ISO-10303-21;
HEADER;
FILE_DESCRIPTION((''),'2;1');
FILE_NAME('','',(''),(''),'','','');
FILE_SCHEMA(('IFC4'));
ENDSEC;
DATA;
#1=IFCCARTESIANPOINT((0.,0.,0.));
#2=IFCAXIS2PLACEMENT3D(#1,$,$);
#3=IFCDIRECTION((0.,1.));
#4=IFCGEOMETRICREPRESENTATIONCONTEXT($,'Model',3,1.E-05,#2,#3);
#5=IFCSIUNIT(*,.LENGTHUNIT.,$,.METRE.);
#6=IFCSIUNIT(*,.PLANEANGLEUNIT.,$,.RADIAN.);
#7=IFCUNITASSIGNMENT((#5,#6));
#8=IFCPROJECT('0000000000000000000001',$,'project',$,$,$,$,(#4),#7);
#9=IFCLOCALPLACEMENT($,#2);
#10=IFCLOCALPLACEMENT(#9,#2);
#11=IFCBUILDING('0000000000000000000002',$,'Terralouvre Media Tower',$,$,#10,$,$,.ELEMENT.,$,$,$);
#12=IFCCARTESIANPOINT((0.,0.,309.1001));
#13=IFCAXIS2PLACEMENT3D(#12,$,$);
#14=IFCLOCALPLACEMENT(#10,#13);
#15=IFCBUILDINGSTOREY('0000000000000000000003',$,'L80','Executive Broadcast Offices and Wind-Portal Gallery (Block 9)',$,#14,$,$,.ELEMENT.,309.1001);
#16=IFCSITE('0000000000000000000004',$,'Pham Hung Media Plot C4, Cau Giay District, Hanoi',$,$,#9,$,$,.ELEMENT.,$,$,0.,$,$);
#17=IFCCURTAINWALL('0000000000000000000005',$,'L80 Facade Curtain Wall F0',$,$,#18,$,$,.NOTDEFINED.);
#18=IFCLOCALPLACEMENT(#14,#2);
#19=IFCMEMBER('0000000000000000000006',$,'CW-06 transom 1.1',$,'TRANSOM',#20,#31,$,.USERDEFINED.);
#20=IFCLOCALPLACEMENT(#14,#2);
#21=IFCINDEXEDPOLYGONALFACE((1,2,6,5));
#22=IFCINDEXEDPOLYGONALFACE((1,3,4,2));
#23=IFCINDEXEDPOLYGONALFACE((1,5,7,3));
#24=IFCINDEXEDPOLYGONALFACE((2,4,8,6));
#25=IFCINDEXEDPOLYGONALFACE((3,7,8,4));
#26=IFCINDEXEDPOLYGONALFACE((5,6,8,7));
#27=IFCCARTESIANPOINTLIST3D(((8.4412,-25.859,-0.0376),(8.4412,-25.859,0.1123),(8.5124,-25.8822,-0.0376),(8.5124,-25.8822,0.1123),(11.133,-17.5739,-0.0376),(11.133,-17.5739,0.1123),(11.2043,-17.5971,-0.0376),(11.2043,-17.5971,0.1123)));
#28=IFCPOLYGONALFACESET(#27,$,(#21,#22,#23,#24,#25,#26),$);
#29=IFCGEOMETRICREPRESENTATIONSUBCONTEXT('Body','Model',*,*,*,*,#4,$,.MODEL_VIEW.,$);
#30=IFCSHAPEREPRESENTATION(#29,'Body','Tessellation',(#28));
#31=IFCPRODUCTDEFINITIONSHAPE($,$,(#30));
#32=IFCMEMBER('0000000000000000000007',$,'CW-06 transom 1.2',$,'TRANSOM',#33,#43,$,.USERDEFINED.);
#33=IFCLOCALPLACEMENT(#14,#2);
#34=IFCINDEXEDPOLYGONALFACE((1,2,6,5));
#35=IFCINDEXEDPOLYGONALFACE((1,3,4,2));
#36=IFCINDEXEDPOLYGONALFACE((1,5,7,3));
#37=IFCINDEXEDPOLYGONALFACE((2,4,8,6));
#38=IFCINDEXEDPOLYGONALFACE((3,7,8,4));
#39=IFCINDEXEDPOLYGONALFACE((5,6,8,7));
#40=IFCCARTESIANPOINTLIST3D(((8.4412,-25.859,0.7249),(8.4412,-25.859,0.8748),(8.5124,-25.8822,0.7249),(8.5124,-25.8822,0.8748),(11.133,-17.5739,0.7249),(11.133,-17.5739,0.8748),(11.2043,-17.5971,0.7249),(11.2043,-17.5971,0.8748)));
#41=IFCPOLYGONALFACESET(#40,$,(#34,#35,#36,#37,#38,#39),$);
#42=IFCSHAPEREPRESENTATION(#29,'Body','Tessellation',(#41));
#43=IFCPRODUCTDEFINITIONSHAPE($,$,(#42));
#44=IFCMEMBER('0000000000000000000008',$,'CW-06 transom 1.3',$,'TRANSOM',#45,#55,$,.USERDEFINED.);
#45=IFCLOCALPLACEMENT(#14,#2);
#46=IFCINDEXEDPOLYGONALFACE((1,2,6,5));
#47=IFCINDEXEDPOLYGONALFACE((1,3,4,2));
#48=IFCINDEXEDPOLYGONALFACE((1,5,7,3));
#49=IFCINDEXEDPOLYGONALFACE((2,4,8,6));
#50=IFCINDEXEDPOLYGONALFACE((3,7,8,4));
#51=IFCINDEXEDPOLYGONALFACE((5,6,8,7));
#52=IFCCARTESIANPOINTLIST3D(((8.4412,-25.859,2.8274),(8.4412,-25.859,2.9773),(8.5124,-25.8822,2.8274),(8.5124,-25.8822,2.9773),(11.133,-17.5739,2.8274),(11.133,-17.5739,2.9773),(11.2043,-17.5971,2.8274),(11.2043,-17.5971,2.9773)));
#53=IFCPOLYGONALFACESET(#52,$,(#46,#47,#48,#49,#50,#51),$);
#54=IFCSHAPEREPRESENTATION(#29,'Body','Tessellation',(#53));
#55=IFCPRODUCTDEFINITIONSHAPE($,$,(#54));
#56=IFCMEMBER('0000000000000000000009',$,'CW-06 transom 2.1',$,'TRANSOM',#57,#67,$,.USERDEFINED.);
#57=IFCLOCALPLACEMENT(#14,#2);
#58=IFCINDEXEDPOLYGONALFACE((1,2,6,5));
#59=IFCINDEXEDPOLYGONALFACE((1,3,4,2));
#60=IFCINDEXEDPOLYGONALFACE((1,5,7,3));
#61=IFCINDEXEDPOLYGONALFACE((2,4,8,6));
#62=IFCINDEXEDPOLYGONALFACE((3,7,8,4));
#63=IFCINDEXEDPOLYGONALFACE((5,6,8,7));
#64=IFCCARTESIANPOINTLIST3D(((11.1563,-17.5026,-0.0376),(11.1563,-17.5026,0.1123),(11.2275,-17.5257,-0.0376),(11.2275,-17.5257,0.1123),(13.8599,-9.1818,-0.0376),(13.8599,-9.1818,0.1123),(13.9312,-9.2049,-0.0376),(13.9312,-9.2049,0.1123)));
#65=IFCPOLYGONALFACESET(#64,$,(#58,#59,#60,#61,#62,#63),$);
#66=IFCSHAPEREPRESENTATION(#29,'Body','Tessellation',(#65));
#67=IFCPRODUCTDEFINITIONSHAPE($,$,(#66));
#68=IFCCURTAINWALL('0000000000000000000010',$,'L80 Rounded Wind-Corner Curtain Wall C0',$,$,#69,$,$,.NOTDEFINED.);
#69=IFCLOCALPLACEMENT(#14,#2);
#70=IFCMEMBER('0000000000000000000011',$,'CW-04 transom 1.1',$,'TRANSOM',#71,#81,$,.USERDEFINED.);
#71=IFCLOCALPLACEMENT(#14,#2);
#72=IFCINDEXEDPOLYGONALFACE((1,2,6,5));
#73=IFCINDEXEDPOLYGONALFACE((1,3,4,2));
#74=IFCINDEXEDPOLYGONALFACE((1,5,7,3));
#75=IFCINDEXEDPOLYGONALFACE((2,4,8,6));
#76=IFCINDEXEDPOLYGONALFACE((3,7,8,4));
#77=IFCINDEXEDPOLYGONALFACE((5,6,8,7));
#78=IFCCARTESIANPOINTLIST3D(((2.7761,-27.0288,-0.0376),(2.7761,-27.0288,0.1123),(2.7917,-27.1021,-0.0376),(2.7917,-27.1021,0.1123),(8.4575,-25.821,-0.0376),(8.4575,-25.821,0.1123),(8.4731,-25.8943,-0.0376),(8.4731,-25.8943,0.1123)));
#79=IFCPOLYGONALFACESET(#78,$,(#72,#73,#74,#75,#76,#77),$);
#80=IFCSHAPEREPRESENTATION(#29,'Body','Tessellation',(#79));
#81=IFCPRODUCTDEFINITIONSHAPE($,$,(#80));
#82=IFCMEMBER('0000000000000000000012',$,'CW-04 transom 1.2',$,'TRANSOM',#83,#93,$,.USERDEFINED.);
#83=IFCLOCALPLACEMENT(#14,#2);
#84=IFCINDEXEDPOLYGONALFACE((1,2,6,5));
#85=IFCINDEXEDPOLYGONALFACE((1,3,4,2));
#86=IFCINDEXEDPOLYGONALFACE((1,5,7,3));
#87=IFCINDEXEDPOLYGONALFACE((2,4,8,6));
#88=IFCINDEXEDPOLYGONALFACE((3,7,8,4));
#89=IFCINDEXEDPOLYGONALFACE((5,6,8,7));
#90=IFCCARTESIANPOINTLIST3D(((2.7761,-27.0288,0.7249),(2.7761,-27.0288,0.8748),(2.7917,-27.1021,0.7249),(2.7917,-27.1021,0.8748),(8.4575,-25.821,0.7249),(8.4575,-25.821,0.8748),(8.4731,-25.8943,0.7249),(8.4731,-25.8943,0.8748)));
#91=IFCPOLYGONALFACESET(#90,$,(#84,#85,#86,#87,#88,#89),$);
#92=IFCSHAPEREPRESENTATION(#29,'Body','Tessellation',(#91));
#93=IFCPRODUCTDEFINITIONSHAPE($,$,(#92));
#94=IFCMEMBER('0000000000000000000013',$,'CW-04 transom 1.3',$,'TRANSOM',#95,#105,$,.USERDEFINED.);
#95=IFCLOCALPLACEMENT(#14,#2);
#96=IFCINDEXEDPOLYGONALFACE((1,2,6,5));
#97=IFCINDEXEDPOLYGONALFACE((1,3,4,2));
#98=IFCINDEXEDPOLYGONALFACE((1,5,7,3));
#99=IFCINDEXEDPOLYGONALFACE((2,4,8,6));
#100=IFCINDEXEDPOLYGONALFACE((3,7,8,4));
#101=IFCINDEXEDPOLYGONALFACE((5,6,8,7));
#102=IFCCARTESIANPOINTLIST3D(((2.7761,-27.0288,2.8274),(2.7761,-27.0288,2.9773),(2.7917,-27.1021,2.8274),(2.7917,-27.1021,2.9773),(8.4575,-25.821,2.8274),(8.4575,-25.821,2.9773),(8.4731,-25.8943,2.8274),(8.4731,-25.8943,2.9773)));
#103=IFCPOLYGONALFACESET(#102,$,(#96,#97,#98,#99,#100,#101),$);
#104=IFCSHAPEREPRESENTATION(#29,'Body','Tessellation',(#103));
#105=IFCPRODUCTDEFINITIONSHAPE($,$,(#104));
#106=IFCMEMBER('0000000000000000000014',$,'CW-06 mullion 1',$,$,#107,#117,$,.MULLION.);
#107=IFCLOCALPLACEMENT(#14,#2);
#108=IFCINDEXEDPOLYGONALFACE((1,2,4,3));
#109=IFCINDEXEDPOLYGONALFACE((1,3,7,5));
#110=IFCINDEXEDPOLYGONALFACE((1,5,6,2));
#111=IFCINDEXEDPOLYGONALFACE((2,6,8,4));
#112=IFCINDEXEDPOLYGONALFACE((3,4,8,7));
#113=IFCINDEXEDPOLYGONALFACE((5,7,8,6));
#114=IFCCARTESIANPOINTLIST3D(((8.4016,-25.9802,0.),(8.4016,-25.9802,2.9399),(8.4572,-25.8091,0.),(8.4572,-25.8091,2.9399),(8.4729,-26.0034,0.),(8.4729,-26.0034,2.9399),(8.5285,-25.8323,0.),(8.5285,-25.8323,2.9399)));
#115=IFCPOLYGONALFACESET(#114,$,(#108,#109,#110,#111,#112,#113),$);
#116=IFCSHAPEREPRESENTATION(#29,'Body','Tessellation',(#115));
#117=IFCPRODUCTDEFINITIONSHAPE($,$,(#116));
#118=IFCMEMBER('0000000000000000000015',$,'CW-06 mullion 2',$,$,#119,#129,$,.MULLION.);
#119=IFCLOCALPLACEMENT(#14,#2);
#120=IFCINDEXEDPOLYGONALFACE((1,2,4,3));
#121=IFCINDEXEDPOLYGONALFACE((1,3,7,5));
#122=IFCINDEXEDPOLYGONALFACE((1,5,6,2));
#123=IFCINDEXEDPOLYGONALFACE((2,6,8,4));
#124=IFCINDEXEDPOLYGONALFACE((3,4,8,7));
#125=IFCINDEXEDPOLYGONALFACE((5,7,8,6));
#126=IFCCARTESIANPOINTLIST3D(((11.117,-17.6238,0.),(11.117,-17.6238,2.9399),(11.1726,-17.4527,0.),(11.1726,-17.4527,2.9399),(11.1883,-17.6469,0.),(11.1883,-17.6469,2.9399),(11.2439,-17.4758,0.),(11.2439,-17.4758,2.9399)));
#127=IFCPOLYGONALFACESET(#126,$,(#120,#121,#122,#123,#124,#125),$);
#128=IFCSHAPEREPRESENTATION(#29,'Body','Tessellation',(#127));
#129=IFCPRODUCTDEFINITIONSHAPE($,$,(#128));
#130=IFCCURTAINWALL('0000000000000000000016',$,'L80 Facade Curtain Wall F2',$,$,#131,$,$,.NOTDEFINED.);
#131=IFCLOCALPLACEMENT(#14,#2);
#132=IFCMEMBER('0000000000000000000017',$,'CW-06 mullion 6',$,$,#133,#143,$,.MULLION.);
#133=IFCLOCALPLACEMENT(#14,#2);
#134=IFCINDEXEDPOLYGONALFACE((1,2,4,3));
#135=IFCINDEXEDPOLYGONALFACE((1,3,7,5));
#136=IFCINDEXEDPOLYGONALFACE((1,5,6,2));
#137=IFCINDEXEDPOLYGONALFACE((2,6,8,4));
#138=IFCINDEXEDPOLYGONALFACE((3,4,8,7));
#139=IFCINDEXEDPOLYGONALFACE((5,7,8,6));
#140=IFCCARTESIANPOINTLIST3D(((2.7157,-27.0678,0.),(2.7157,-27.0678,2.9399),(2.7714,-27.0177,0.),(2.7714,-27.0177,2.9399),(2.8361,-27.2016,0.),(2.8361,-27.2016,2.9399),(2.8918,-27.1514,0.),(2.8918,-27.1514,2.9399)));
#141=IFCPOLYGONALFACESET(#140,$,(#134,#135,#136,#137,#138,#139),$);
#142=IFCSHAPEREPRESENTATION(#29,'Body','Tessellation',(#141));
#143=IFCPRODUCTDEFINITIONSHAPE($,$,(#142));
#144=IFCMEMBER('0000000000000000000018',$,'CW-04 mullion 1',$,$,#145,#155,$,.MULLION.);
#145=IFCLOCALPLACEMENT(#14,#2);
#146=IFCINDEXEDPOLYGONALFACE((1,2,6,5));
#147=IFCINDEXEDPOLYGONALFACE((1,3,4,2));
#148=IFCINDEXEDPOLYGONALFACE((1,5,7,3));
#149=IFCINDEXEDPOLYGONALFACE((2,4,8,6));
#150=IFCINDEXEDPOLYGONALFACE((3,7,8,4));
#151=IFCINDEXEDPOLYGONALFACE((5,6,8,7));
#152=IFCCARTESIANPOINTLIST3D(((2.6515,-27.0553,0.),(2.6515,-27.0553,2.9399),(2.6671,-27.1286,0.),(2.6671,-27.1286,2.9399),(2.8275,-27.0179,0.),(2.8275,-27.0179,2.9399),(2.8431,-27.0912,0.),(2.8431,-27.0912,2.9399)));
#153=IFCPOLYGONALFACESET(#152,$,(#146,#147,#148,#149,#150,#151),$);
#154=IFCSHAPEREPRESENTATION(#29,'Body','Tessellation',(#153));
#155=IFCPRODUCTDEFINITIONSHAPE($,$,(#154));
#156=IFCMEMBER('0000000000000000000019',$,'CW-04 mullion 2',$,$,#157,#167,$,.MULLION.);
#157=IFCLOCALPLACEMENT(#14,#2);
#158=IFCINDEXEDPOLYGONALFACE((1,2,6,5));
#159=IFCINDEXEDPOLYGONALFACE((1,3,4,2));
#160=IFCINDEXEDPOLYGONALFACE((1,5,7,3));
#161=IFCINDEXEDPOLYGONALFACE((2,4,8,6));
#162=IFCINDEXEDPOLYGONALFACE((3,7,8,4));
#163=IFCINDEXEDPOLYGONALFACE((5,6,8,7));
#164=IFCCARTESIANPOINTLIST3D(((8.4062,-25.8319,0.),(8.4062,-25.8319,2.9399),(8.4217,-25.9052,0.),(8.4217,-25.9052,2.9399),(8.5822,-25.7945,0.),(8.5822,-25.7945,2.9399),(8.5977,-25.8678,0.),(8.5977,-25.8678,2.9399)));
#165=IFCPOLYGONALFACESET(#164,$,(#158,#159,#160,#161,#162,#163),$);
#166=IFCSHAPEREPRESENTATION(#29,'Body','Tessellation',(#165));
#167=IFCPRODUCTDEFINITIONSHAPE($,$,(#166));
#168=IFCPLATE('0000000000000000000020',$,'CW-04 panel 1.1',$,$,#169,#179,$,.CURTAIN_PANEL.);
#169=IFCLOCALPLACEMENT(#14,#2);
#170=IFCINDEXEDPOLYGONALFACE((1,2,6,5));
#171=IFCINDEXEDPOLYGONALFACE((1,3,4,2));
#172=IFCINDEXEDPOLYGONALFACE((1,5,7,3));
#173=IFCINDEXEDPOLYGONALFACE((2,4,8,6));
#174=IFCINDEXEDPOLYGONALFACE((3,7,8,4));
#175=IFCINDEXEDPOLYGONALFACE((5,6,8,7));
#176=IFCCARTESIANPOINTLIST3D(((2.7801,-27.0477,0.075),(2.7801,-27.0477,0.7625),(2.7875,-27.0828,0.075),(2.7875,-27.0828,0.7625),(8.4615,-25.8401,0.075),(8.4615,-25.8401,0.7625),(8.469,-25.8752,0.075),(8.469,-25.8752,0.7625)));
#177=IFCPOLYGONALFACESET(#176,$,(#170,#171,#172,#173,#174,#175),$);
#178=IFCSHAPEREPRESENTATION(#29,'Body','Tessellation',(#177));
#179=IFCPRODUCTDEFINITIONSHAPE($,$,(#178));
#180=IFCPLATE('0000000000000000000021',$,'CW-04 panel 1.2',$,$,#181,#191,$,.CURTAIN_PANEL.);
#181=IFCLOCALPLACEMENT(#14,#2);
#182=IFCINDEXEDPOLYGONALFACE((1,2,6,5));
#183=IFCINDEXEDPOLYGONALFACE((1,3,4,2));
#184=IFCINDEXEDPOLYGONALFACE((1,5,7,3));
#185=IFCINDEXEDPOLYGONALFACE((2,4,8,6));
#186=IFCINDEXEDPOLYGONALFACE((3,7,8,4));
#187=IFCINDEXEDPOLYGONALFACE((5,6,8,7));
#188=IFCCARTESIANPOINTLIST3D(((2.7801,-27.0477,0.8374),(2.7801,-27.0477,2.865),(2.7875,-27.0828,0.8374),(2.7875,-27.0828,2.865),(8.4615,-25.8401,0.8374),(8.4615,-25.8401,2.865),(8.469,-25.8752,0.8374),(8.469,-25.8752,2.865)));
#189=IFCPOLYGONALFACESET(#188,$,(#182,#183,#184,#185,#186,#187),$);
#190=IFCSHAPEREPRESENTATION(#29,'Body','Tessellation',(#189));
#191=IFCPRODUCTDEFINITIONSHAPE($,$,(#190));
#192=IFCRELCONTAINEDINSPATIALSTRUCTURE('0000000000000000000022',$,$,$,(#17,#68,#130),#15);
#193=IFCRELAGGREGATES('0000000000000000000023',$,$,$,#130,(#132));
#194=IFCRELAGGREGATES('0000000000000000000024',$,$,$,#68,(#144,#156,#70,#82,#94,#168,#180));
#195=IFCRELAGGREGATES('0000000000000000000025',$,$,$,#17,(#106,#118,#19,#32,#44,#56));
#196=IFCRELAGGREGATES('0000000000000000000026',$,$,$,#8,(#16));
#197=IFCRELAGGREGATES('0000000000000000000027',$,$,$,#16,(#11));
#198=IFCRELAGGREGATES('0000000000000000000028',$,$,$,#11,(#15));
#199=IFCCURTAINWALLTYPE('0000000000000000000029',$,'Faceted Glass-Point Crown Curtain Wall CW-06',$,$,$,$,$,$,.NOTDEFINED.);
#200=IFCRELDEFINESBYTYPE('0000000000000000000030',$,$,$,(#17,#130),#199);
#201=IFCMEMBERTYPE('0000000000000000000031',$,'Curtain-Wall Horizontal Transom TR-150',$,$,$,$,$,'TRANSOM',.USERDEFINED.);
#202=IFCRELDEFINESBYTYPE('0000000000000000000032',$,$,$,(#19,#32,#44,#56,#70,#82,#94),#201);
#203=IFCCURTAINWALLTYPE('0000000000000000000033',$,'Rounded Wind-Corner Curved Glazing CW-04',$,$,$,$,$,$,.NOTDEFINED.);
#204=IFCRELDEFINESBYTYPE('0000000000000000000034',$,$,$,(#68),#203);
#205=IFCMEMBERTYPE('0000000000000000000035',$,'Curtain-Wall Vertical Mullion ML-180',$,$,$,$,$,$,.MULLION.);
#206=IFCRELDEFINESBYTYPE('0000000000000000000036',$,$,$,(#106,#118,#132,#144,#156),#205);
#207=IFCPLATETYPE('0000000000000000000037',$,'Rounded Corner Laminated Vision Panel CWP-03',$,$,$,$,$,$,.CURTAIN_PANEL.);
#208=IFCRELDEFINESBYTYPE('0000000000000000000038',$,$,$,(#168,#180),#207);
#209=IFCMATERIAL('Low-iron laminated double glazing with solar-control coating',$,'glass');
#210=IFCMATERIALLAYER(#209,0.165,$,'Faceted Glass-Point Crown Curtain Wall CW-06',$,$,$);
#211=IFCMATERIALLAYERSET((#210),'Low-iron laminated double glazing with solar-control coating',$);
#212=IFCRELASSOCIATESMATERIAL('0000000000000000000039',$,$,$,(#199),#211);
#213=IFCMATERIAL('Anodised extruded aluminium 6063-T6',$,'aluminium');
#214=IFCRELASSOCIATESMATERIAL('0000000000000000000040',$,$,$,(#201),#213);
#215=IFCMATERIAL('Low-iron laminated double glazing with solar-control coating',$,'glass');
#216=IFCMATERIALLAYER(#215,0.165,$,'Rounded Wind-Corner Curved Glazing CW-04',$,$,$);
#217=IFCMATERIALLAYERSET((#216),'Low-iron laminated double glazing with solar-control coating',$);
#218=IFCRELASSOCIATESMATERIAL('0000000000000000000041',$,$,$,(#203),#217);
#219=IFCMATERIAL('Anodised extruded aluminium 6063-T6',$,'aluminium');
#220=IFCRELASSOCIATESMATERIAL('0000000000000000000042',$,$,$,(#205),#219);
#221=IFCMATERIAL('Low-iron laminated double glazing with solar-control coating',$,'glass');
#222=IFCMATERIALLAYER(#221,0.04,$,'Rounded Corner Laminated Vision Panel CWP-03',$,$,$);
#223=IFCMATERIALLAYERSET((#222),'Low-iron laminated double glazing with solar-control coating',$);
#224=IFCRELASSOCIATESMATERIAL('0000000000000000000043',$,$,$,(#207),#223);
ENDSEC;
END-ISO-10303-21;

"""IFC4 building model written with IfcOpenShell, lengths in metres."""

from ifc_helpers import new_model, si_unit, direction, frame, origin, origin_2d, place, context, subcontext, project, spatial, rectangle, extrude, material, layer, layer_set, material_profile, profile_set, type_object, element, aggregate, save


model = new_model("IFC4")

# Units and contexts
model_context = context("Model", 3, precision=1e-05, world=origin(), true_north=direction((0.0, 1.0)))
body_context = subcontext(model_context, "Body", "Model", "MODEL_VIEW")
ifc_project = project(units=[si_unit("LENGTHUNIT", "METRE"), si_unit("PLANEANGLEUNIT", "RADIAN")], contexts=[model_context])

# Site, building, storey
site_placement = place(None, origin())
site = spatial("IfcSite", under=ifc_project, at=site_placement, Name="Pham Hung Media Plot C4, Cau Giay District, Hanoi", CompositionType="ELEMENT", RefElevation=0.0)
building_placement = place(site_placement, origin())
building = spatial("IfcBuilding", under=site, at=building_placement, Name="Terralouvre Media Tower", CompositionType="ELEMENT")
storey_placement = place(building_placement, frame((0.0, 0.0, 309.1001)))
storey = spatial("IfcBuildingStorey", under=building, at=storey_placement, Name="L80", Description="Executive Broadcast Offices and Wind-Portal Gallery (Block 9)", CompositionType="ELEMENT", Elevation=309.1001)

# Curtain walls, members
ifc_material_1 = material(Name="Low-iron laminated double glazing with solar-control coating", Category="glass")
ifc_layer_1 = layer(ifc_material_1, 0.165, Name="Faceted Glass-Point Crown Curtain Wall CW-06")
ifc_layer_set_1 = layer_set([ifc_layer_1], Name="Low-iron laminated double glazing with solar-control coating")
curtain_wall_type_1 = type_object("IfcCurtainWallType", Name="Faceted Glass-Point Crown Curtain Wall CW-06", PredefinedType="NOTDEFINED", material=ifc_layer_set_1)
curtain_wall_1_placement = place(storey_placement, origin())
curtain_wall_1 = element("IfcCurtainWall", 1, at=curtain_wall_1_placement, inside=storey, type_object=curtain_wall_type_1, Name="L80 Facade Curtain Wall F0", PredefinedType="NOTDEFINED")
ifc_material_2 = material(Name="Anodised extruded aluminium 6063-T6", Category="aluminium")
ifc_material_profile_1 = material_profile(ifc_material_2, rectangle(XDim=0.075, YDim=0.1499, at=origin_2d()), Name="ALU 75x150")
ifc_profile_set_1 = profile_set([ifc_material_profile_1], Name="Anodised extruded aluminium 6063-T6")
member_type_1 = type_object("IfcMemberType", Name="Curtain-Wall Horizontal Transom TR-150", ElementType="TRANSOM", PredefinedType="USERDEFINED", material=ifc_profile_set_1)
member_1_placement = place(storey_placement, frame((8.4768, -25.8706, 0.0374), z_axis=(0.309005, 0.95106, 0.0), x_axis=(-0.95106, 0.309005, 0.0)))
member_1 = element("IfcMember", 2, at=member_1_placement, type_object=member_type_1, Name="CW-06 transom 1.1", ObjectType="TRANSOM", PredefinedType="USERDEFINED", context=body_context, shape_type="SweptSolid", body=[
    extrude(rectangle(XDim=0.075, YDim=0.1499, at=origin_2d()), origin(), (0.0, 0.0, 1.0), 8.7114),
])
member_2_placement = place(storey_placement, frame((8.4768, -25.8706, 0.7998), z_axis=(0.309005, 0.95106, 0.0), x_axis=(-0.95106, 0.309005, 0.0)))
member_2 = element("IfcMember", 3, at=member_2_placement, type_object=member_type_1, Name="CW-06 transom 1.2", ObjectType="TRANSOM", PredefinedType="USERDEFINED", context=body_context, shape_type="SweptSolid", body=[
    extrude(rectangle(XDim=0.075, YDim=0.1499, at=origin_2d()), origin(), (0.0, 0.0, 1.0), 8.7114),
])
member_3_placement = place(storey_placement, frame((8.4768, -25.8706, 2.9023), z_axis=(0.309005, 0.95106, 0.0), x_axis=(-0.95106, 0.309005, 0.0)))
member_3 = element("IfcMember", 4, at=member_3_placement, type_object=member_type_1, Name="CW-06 transom 1.3", ObjectType="TRANSOM", PredefinedType="USERDEFINED", context=body_context, shape_type="SweptSolid", body=[
    extrude(rectangle(XDim=0.075, YDim=0.1499, at=origin_2d()), origin(), (0.0, 0.0, 1.0), 8.7114),
])
member_4_placement = place(storey_placement, frame((11.1919, -17.5142, 0.0374), z_axis=(0.309019, 0.951056, 0.0), x_axis=(-0.951056, 0.309019, 0.0)))
member_4 = element("IfcMember", 5, at=member_4_placement, type_object=member_type_1, Name="CW-06 transom 2.1", ObjectType="TRANSOM", PredefinedType="USERDEFINED", context=body_context, shape_type="SweptSolid", body=[
    extrude(rectangle(XDim=0.075, YDim=0.1499, at=origin_2d()), origin(), (0.0, 0.0, 1.0), 8.749),
])
ifc_material_3 = material(Name="Low-iron laminated double glazing with solar-control coating", Category="glass")
ifc_layer_2 = layer(ifc_material_3, 0.165, Name="Rounded Wind-Corner Curved Glazing CW-04")
ifc_layer_set_2 = layer_set([ifc_layer_2], Name="Low-iron laminated double glazing with solar-control coating")
curtain_wall_type_2 = type_object("IfcCurtainWallType", Name="Rounded Wind-Corner Curved Glazing CW-04", PredefinedType="NOTDEFINED", material=ifc_layer_set_2)
curtain_wall_2_placement = place(storey_placement, origin())
curtain_wall_2 = element("IfcCurtainWall", 6, at=curtain_wall_2_placement, inside=storey, type_object=curtain_wall_type_2, Name="L80 Rounded Wind-Corner Curtain Wall C0", PredefinedType="NOTDEFINED")
member_5_placement = place(storey_placement, frame((2.7839, -27.0654, 0.0374), z_axis=(0.978143, 0.207936, 0.0), x_axis=(-0.207936, 0.978143, 0.0)))
member_5 = element("IfcMember", 7, at=member_5_placement, type_object=member_type_1, Name="CW-04 transom 1.1", ObjectType="TRANSOM", PredefinedType="USERDEFINED", context=body_context, shape_type="SweptSolid", body=[
    extrude(rectangle(XDim=0.075, YDim=0.1499, at=origin_2d()), origin(), (0.0, 0.0, 1.0), 5.8083),
])
member_6_placement = place(storey_placement, frame((2.7839, -27.0654, 0.7998), z_axis=(0.978143, 0.207936, 0.0), x_axis=(-0.207936, 0.978143, 0.0)))
member_6 = element("IfcMember", 8, at=member_6_placement, type_object=member_type_1, Name="CW-04 transom 1.2", ObjectType="TRANSOM", PredefinedType="USERDEFINED", context=body_context, shape_type="SweptSolid", body=[
    extrude(rectangle(XDim=0.075, YDim=0.1499, at=origin_2d()), origin(), (0.0, 0.0, 1.0), 5.8083),
])
member_7_placement = place(storey_placement, frame((2.7839, -27.0654, 2.9023), z_axis=(0.978143, 0.207936, 0.0), x_axis=(-0.207936, 0.978143, 0.0)))
member_7 = element("IfcMember", 9, at=member_7_placement, type_object=member_type_1, Name="CW-04 transom 1.3", ObjectType="TRANSOM", PredefinedType="USERDEFINED", context=body_context, shape_type="SweptSolid", body=[
    extrude(rectangle(XDim=0.075, YDim=0.1499, at=origin_2d()), origin(), (0.0, 0.0, 1.0), 5.8083),
])

# Members
ifc_material_4 = material(Name="Anodised extruded aluminium 6063-T6", Category="aluminium")
ifc_material_profile_2 = material_profile(ifc_material_4, rectangle(XDim=0.075, YDim=0.1799, at=origin_2d()), Name="ALU 75x180")
ifc_profile_set_2 = profile_set([ifc_material_profile_2], Name="Anodised extruded aluminium 6063-T6")
member_type_2 = type_object("IfcMemberType", Name="Curtain-Wall Vertical Mullion ML-180", PredefinedType="MULLION", material=ifc_profile_set_2)
member_8_placement = place(storey_placement, frame((8.4651, -25.9062, 0.0), z_axis=(0.0, 0.0, 1.0), x_axis=(-0.951057, 0.309017, 0.0)))
member_8 = element("IfcMember", 10, at=member_8_placement, type_object=member_type_2, Name="CW-06 mullion 1", PredefinedType="MULLION", context=body_context, shape_type="SweptSolid", body=[
    extrude(rectangle(XDim=0.075, YDim=0.1799, at=origin_2d()), origin(), (0.0, 0.0, 1.0), 2.9399),
])
member_9_placement = place(storey_placement, frame((11.1804, -17.5498, 0.0), z_axis=(0.0, 0.0, 1.0), x_axis=(-0.951057, 0.309017, 0.0)))
member_9 = element("IfcMember", 11, at=member_9_placement, type_object=member_type_2, Name="CW-06 mullion 2", PredefinedType="MULLION", context=body_context, shape_type="SweptSolid", body=[
    extrude(rectangle(XDim=0.075, YDim=0.1799, at=origin_2d()), origin(), (0.0, 0.0, 1.0), 2.9399),
])

# Curtain wall, member
curtain_wall_3_placement = place(storey_placement, origin())
curtain_wall_3 = element("IfcCurtainWall", 12, at=curtain_wall_3_placement, inside=storey, type_object=curtain_wall_type_1, Name="L80 Facade Curtain Wall F2", PredefinedType="NOTDEFINED")
member_10_placement = place(storey_placement, frame((2.8037, -27.1096, 0.0), z_axis=(0.0, 0.0, 1.0), x_axis=(0.743145, 0.669131, 0.0)))
member_10 = element("IfcMember", 13, at=member_10_placement, type_object=member_type_2, Name="CW-06 mullion 6", PredefinedType="MULLION", context=body_context, shape_type="SweptSolid", body=[
    extrude(rectangle(XDim=0.075, YDim=0.1799, at=origin_2d()), origin(), (0.0, 0.0, 1.0), 2.9399),
])
aggregate(curtain_wall_3, [member_10])

# Members
member_11_placement = place(storey_placement, frame((2.7473, -27.0732, 0.0), z_axis=(0.0, 0.0, 1.0), x_axis=(-0.207912, 0.978148, 0.0)))
member_11 = element("IfcMember", 14, at=member_11_placement, type_object=member_type_2, Name="CW-04 mullion 1", PredefinedType="MULLION", context=body_context, shape_type="SweptSolid", body=[
    extrude(rectangle(XDim=0.075, YDim=0.1799, at=origin_2d()), origin(), (0.0, 0.0, 1.0), 2.9399),
])
member_12_placement = place(storey_placement, frame((8.502, -25.8499, 0.0), z_axis=(0.0, 0.0, 1.0), x_axis=(-0.207912, 0.978148, 0.0)))
member_12 = element("IfcMember", 15, at=member_12_placement, type_object=member_type_2, Name="CW-04 mullion 2", PredefinedType="MULLION", context=body_context, shape_type="SweptSolid", body=[
    extrude(rectangle(XDim=0.075, YDim=0.1799, at=origin_2d()), origin(), (0.0, 0.0, 1.0), 2.9399),
])

# Plates
ifc_material_5 = material(Name="Low-iron laminated double glazing with solar-control coating", Category="glass")
ifc_layer_3 = layer(ifc_material_5, 0.04, Name="Rounded Corner Laminated Vision Panel CWP-03")
ifc_layer_set_3 = layer_set([ifc_layer_3], Name="Low-iron laminated double glazing with solar-control coating")
plate_type_1 = type_object("IfcPlateType", Name="Rounded Corner Laminated Vision Panel CWP-03", PredefinedType="CURTAIN_PANEL", material=ifc_layer_set_3)
plate_1_placement = place(storey_placement, frame((5.6245, -26.4614, 0.075), z_axis=(0.0, 0.0, 1.0), x_axis=(0.978148, 0.207912, 0.0)))
plate_1 = element("IfcPlate", 16, at=plate_1_placement, type_object=plate_type_1, Name="CW-04 panel 1.1", PredefinedType="CURTAIN_PANEL", context=body_context, shape_type="SweptSolid", body=[
    extrude(rectangle(XDim=5.8083, YDim=0.0359, at=origin_2d()), origin(), (0.0, 0.0, 1.0), 0.6875),
])
plate_2_placement = place(storey_placement, frame((5.6245, -26.4614, 0.8374), z_axis=(0.0, 0.0, 1.0), x_axis=(0.978148, 0.207912, 0.0)))
plate_2 = element("IfcPlate", 17, at=plate_2_placement, type_object=plate_type_1, Name="CW-04 panel 1.2", PredefinedType="CURTAIN_PANEL", context=body_context, shape_type="SweptSolid", body=[
    extrude(rectangle(XDim=5.8083, YDim=0.0359, at=origin_2d()), origin(), (0.0, 0.0, 1.0), 2.0276),
])
aggregate(curtain_wall_2, [member_11, member_12, member_5, member_6, member_7, plate_1, plate_2])
aggregate(curtain_wall_1, [member_8, member_9, member_1, member_2, member_3, member_4])

save(model, "model.ifc")
